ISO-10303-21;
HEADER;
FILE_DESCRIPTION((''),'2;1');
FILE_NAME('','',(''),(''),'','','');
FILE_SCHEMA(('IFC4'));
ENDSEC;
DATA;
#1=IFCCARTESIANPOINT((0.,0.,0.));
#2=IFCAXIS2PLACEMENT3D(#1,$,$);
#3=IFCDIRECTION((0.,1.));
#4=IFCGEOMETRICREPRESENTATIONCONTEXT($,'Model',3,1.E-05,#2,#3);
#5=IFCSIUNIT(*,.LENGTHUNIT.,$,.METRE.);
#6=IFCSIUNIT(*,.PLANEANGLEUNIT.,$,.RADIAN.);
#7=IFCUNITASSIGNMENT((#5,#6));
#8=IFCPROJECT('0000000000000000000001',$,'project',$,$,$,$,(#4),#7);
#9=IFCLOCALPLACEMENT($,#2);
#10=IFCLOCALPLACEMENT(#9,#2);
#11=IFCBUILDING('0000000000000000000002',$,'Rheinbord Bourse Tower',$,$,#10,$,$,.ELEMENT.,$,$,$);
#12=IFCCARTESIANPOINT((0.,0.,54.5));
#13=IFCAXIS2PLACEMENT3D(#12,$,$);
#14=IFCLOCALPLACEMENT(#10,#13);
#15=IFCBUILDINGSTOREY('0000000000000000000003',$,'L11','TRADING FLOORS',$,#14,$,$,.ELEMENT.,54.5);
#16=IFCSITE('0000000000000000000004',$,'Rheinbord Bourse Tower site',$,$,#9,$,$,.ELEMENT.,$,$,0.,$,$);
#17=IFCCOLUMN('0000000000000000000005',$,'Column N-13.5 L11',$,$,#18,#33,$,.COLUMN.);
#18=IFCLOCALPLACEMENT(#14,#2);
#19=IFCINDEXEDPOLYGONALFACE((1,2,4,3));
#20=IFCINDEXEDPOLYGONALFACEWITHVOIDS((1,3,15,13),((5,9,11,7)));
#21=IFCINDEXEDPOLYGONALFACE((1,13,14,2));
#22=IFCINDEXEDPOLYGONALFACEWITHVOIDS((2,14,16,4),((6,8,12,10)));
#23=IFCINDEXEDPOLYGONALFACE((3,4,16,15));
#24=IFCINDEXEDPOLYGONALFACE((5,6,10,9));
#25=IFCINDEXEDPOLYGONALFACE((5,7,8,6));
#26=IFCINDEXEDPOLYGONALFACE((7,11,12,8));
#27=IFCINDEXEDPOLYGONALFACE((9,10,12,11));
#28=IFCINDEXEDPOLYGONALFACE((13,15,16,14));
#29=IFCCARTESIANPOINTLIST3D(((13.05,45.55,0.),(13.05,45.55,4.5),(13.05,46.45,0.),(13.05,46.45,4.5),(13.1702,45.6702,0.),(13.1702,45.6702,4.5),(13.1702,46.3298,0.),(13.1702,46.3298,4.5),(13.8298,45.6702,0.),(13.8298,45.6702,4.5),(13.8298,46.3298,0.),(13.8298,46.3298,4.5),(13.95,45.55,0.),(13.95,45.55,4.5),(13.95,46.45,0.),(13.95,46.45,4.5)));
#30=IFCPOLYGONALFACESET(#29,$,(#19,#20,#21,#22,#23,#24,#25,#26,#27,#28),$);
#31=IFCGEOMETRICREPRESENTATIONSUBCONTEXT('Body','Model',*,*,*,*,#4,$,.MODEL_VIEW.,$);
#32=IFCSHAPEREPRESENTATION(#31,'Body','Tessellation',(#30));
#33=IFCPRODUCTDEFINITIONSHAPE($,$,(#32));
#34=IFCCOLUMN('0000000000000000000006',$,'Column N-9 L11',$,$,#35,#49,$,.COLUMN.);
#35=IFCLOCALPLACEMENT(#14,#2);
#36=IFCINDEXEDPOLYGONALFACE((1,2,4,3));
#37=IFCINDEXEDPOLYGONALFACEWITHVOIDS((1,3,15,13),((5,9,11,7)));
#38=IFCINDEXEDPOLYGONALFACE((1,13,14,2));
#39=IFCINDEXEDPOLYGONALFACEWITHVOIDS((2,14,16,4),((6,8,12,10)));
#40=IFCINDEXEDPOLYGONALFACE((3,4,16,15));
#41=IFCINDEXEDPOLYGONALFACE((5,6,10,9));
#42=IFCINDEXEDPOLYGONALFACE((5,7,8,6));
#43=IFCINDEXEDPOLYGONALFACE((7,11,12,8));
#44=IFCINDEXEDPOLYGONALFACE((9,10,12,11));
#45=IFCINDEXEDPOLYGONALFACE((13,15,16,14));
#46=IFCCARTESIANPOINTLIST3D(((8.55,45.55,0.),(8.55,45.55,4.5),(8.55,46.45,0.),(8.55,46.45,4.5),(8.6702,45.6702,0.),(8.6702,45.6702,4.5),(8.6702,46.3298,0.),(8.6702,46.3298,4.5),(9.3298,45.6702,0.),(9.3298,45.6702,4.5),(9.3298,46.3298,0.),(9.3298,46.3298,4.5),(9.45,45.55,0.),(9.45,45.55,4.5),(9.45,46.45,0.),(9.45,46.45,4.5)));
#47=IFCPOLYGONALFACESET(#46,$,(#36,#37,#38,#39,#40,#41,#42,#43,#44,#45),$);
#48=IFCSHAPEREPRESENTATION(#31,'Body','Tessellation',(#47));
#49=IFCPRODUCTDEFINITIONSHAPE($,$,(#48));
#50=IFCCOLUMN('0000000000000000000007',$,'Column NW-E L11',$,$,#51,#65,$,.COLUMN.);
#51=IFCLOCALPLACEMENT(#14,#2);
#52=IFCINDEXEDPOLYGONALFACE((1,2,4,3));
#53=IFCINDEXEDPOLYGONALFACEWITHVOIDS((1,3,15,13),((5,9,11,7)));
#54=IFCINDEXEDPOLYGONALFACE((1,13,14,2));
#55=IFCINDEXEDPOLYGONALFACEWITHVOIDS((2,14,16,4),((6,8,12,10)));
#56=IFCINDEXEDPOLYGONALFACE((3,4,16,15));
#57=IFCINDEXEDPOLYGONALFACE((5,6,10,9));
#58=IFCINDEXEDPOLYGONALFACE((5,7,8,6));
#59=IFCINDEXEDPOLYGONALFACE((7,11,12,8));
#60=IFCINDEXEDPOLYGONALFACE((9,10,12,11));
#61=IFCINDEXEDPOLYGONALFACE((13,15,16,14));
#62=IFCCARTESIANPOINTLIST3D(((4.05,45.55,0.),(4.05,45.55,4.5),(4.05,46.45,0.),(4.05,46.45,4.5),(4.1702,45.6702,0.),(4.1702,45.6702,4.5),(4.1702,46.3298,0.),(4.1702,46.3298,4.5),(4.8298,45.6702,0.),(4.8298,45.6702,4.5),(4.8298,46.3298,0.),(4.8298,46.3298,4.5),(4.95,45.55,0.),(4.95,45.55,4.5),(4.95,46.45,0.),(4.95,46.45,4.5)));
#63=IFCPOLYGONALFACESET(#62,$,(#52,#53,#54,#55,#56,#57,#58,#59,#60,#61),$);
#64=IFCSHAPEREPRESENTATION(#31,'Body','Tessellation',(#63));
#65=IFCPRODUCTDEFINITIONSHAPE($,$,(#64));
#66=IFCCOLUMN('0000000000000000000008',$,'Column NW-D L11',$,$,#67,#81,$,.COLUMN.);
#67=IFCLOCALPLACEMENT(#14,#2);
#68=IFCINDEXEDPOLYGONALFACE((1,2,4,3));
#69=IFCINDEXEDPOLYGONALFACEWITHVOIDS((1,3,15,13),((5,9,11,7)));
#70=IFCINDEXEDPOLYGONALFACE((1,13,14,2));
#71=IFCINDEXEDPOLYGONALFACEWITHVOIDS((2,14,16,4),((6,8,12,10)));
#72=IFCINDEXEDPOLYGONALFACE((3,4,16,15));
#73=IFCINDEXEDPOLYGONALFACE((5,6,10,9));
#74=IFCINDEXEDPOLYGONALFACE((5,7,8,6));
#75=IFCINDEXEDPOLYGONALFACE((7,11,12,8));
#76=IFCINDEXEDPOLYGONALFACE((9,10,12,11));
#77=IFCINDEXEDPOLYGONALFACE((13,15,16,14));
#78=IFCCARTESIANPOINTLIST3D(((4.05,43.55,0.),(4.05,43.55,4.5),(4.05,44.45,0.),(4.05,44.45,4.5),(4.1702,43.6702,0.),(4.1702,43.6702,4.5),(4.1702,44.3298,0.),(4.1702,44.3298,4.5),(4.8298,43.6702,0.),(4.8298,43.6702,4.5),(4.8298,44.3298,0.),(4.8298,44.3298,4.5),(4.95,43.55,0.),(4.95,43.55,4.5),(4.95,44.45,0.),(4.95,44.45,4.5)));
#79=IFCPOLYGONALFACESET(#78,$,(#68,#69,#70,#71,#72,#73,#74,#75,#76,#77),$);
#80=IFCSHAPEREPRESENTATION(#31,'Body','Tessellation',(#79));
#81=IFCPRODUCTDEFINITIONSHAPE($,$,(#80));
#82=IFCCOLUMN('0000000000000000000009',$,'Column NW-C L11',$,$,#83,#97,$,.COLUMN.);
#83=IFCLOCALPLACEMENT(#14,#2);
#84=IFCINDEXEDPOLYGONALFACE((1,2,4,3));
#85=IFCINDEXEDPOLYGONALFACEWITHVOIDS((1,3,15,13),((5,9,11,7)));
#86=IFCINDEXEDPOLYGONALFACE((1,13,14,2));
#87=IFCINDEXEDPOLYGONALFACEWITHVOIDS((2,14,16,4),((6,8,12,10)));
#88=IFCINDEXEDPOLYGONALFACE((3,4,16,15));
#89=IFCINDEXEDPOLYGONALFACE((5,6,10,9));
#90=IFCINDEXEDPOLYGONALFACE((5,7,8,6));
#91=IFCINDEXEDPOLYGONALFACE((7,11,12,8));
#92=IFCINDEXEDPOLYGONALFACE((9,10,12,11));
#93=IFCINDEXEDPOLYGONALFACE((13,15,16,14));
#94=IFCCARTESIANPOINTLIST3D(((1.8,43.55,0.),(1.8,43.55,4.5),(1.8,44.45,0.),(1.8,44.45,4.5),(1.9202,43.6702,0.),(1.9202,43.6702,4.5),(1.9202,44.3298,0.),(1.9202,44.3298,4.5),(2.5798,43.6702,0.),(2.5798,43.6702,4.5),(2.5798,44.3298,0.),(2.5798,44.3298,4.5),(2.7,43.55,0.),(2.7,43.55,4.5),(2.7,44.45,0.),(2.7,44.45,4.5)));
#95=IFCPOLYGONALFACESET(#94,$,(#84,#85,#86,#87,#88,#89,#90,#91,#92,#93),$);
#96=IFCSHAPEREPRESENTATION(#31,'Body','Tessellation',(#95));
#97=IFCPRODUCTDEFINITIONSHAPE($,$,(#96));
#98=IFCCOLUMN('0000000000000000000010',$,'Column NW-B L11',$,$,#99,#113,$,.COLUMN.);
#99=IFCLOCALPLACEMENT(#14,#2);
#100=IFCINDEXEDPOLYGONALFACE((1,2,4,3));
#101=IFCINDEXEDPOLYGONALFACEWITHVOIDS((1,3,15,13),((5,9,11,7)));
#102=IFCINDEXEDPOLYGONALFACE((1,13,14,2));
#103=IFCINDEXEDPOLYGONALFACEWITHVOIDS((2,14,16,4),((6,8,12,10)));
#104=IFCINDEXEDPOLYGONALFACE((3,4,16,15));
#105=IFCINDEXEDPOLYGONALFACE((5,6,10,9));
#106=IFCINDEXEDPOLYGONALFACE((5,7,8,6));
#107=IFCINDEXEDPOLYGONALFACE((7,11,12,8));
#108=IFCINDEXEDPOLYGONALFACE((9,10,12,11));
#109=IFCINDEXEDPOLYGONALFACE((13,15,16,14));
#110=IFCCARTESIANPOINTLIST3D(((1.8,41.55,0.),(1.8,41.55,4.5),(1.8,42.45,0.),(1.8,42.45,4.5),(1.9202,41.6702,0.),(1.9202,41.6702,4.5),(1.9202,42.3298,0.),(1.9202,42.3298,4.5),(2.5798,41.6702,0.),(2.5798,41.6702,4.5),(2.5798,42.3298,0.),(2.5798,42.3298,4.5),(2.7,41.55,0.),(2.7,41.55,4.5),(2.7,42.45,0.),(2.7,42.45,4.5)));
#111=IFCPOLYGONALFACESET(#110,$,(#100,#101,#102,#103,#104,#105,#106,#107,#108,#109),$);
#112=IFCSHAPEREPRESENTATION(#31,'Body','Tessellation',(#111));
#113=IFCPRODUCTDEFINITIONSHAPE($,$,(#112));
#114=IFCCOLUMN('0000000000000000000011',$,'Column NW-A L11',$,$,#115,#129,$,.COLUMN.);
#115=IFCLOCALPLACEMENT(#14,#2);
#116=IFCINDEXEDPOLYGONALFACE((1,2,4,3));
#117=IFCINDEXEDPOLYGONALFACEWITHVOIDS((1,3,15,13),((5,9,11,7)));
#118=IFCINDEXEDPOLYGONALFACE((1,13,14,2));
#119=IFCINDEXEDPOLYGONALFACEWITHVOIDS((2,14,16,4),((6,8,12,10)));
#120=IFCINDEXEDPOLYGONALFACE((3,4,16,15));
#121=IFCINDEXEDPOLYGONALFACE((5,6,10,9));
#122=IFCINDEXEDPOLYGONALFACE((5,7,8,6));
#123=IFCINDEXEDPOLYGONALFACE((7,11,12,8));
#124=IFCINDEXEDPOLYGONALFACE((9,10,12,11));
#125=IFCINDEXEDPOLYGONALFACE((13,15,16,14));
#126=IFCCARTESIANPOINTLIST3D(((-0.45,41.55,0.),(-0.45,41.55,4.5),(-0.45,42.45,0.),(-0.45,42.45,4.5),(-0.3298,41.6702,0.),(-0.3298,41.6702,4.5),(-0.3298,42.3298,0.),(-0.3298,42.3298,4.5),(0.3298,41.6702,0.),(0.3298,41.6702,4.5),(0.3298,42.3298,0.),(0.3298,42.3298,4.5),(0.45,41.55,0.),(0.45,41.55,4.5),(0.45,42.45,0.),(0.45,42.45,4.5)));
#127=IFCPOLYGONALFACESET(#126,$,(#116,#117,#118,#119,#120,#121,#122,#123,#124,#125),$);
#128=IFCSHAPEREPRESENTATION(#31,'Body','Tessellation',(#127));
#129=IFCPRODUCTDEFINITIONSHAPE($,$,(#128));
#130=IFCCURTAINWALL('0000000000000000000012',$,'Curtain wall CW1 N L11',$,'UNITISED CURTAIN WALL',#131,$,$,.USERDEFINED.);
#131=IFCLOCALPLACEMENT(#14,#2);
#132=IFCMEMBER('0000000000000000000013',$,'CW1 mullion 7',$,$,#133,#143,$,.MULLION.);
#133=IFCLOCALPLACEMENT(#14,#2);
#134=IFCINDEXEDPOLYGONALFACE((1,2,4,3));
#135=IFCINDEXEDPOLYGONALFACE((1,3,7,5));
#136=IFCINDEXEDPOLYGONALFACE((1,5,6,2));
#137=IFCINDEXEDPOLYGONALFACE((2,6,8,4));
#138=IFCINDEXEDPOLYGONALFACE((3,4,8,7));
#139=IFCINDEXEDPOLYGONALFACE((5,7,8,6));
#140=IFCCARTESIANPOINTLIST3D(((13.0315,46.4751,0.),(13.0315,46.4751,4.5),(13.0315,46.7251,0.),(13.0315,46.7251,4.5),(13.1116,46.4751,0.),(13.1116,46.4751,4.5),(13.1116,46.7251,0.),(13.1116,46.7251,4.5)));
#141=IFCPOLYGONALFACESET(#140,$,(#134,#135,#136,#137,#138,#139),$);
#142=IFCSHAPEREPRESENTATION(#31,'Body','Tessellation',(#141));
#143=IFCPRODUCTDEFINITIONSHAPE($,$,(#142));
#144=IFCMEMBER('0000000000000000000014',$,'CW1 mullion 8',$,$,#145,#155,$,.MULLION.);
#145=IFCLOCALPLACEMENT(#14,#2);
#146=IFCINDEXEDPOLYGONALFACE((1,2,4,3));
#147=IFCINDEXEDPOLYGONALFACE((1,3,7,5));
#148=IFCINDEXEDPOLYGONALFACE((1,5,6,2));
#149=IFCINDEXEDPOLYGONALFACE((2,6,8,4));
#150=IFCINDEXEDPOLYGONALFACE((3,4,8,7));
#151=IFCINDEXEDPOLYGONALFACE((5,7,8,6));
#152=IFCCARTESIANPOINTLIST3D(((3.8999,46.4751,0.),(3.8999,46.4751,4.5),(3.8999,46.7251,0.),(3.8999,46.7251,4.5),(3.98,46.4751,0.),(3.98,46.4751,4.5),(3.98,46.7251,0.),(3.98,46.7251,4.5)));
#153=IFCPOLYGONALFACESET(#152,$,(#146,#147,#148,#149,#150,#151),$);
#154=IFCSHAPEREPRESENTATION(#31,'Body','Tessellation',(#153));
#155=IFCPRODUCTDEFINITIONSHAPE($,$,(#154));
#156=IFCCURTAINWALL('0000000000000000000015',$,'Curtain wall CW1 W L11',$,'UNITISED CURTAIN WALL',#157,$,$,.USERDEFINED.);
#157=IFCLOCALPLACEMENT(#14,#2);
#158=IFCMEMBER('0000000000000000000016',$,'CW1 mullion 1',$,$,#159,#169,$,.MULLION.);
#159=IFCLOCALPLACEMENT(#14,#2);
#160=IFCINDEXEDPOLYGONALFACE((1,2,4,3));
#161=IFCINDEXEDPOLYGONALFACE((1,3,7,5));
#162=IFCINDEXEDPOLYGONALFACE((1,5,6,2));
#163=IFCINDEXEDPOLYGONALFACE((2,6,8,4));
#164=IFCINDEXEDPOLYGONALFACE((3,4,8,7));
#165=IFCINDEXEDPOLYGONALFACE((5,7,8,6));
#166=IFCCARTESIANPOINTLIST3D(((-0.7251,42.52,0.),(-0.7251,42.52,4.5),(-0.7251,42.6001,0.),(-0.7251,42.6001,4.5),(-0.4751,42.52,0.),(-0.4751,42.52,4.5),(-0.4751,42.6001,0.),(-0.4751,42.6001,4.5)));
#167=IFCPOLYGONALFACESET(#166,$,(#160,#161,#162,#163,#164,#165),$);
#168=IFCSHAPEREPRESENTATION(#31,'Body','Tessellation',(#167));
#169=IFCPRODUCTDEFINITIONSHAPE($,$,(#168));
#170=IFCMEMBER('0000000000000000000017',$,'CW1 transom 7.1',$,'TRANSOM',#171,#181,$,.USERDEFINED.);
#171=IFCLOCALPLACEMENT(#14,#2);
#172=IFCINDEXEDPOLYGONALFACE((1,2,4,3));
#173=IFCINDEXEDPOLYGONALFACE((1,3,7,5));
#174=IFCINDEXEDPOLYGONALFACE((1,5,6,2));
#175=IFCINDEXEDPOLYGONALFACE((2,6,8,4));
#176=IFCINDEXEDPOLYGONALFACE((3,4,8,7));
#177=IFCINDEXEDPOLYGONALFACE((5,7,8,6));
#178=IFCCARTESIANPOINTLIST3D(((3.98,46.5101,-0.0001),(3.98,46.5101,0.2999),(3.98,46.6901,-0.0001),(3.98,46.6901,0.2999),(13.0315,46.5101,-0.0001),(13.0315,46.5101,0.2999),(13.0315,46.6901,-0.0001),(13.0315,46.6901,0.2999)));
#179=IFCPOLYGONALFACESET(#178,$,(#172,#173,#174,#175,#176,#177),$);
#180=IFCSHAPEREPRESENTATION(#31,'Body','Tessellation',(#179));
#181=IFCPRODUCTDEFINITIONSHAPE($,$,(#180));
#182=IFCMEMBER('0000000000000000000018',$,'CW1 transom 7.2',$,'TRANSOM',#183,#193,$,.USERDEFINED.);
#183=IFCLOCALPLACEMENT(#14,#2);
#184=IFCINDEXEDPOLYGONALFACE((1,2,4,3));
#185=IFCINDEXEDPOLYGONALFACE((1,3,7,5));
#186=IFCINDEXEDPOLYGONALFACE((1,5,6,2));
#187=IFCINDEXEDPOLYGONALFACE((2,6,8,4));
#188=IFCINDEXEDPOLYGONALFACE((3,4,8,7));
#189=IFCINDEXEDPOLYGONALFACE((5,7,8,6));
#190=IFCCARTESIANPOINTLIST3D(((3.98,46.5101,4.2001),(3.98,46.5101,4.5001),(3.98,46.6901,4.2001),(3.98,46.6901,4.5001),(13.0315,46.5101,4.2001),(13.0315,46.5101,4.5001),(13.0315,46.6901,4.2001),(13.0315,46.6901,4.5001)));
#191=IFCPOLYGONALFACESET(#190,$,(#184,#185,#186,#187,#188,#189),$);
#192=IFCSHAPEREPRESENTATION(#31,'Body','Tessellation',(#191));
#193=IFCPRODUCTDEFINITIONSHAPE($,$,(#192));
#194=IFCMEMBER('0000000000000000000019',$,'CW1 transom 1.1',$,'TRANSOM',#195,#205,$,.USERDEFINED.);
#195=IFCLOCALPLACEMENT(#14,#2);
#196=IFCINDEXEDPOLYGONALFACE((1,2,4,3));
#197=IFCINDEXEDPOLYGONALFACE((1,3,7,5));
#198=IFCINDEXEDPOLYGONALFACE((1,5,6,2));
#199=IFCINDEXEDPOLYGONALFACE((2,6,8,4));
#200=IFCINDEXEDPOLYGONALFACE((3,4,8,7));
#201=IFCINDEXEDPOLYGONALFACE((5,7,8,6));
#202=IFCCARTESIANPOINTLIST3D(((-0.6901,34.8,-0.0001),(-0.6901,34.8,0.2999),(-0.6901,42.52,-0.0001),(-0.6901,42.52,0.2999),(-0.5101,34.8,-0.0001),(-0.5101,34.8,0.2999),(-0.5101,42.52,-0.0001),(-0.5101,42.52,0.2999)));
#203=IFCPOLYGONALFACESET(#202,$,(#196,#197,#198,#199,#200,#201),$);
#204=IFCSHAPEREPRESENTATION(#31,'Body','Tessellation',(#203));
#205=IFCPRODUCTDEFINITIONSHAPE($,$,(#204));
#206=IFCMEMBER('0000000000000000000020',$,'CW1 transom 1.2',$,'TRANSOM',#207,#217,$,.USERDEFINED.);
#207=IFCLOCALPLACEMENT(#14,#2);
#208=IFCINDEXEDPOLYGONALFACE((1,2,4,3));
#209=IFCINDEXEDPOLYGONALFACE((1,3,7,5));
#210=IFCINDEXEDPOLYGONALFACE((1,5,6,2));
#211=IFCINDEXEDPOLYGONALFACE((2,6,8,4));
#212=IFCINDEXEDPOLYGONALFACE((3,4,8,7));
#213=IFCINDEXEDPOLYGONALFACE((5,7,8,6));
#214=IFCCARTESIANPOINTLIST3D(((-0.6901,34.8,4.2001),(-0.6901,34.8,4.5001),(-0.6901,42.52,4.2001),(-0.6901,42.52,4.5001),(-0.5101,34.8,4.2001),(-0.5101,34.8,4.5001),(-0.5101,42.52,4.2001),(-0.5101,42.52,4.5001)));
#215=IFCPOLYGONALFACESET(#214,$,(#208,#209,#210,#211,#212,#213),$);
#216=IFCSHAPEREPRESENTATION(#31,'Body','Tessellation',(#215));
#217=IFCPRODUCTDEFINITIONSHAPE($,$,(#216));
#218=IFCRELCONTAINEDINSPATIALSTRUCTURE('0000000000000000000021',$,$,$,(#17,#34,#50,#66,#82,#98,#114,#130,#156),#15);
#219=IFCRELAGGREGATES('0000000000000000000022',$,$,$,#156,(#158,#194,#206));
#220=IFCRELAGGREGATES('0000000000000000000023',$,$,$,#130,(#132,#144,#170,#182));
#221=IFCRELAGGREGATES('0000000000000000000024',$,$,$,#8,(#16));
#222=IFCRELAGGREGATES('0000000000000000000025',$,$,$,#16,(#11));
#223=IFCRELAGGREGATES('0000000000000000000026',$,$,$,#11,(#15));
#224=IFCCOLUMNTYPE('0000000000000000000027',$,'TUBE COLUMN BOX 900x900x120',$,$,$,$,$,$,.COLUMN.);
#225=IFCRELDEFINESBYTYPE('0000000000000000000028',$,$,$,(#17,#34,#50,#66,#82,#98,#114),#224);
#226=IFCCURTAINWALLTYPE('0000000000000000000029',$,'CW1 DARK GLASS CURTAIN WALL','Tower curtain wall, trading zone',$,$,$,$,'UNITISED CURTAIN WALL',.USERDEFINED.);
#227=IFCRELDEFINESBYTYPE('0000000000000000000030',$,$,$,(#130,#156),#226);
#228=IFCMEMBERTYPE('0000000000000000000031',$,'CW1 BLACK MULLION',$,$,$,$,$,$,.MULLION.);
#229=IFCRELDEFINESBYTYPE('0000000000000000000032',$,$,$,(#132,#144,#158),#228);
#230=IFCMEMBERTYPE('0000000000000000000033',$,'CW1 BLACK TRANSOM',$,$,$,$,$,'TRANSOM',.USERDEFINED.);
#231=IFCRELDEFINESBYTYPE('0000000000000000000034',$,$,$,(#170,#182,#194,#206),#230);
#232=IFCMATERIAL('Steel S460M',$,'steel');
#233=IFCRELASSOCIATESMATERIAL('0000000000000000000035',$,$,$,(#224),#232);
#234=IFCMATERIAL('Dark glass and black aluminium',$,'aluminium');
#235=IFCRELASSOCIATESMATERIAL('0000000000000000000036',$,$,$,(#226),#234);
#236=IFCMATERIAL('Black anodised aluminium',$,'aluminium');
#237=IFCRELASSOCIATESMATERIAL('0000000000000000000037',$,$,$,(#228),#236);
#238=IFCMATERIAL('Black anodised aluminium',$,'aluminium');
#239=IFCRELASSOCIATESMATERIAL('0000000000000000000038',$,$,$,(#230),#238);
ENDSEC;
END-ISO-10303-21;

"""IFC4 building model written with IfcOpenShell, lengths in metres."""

from ifc_helpers import new_model, si_unit, direction, frame, origin, origin_2d, place, context, subcontext, project, spatial, rectangle, hollow_rectangle, extrude, material, material_profile, profile_set, type_object, element, aggregate, save


model = new_model("IFC4")

# Units and contexts
model_context = context("Model", 3, precision=1e-05, world=origin(), true_north=direction((0.0, 1.0)))
body_context = subcontext(model_context, "Body", "Model", "MODEL_VIEW")
ifc_project = project(units=[si_unit("LENGTHUNIT", "METRE"), si_unit("PLANEANGLEUNIT", "RADIAN")], contexts=[model_context])

# Site, building, storey
site_placement = place(None, origin())
site = spatial("IfcSite", under=ifc_project, at=site_placement, Name="Rheinbord Bourse Tower site", CompositionType="ELEMENT", RefElevation=0.0)
building_placement = place(site_placement, origin())
building = spatial("IfcBuilding", under=site, at=building_placement, Name="Rheinbord Bourse Tower", CompositionType="ELEMENT")
storey_placement = place(building_placement, frame((0.0, 0.0, 54.5)))
storey = spatial("IfcBuildingStorey", under=building, at=storey_placement, Name="L11", Description="TRADING FLOORS", CompositionType="ELEMENT", Elevation=54.5)

# Columns
ifc_material_1 = material(Name="Steel S460M", Category="steel")
ifc_material_profile_1 = material_profile(ifc_material_1, hollow_rectangle(XDim=0.8999, YDim=0.8999, WallThickness=0.1201, at=origin_2d()), Name="BOX 900x900x120")
ifc_profile_set_1 = profile_set([ifc_material_profile_1], Name="Steel S460M")
column_type = type_object("IfcColumnType", Name="TUBE COLUMN BOX 900x900x120", PredefinedType="COLUMN", material=ifc_profile_set_1)
for number, where, z_axis, x_axis, name in (
    (1, (13.5, 46.0, 0.0), (0.0, 0.0, 1.0), (0.0, 1.0, 0.0), "Column N-13.5 L11"),
    (2, (9.0, 46.0, 0.0), (0.0, 0.0, 1.0), (0.0, 1.0, 0.0), "Column N-9 L11"),
    (3, (4.5, 46.0, 0.0), (0.0, 0.0, 1.0), (0.0, 1.0, 0.0), "Column NW-E L11"),
    (4, (4.5, 44.0, 0.0), (0.0, 0.0, 1.0), (0.0, 1.0, 0.0), "Column NW-D L11"),
    (5, (2.25, 44.0, 0.0), (0.0, 0.0, 1.0), (1.0, 0.0, 0.0), "Column NW-C L11"),
    (6, (2.25, 42.0, 0.0), (0.0, 0.0, 1.0), (1.0, 0.0, 0.0), "Column NW-B L11"),
    (7, (0.0, 42.0, 0.0), (0.0, 0.0, 1.0), (1.0, 0.0, 0.0), "Column NW-A L11"),
):
    element("IfcColumn", number, at=place(storey_placement, frame(where, z_axis=z_axis, x_axis=x_axis)), inside=storey, type_object=column_type, Name=name, PredefinedType="COLUMN", context=body_context, shape_type="SweptSolid", body=[
        extrude(hollow_rectangle(XDim=0.8999, YDim=0.8999, WallThickness=0.1201, at=origin_2d()), origin(), (0.0, 0.0, 1.0), 4.5),
    ])

# Curtain wall, members
ifc_material_2 = material(Name="Dark glass and black aluminium", Category="aluminium")
curtain_wall_type = type_object("IfcCurtainWallType", Name="CW1 DARK GLASS CURTAIN WALL", Description="Tower curtain wall, trading zone", ElementType="UNITISED CURTAIN WALL", PredefinedType="USERDEFINED", material=ifc_material_2)
curtain_wall_1_placement = place(storey_placement, origin())
curtain_wall_1 = element("IfcCurtainWall", 8, at=curtain_wall_1_placement, inside=storey, type_object=curtain_wall_type, Name="Curtain wall CW1 N L11", ObjectType="UNITISED CURTAIN WALL", PredefinedType="USERDEFINED")
ifc_material_3 = material(Name="Black anodised aluminium", Category="aluminium")
ifc_material_profile_2 = material_profile(ifc_material_3, rectangle(XDim=0.25, YDim=0.0801, at=origin_2d()), Name="CW1 MULLION 80x250")
ifc_profile_set_2 = profile_set([ifc_material_profile_2], Name="Black anodised aluminium")
member_type_1 = type_object("IfcMemberType", Name="CW1 BLACK MULLION", PredefinedType="MULLION", material=ifc_profile_set_2)
member_1_placement = place(storey_placement, frame((13.0715, 46.6001, 0.0), z_axis=(0.0, 0.0, 1.0), x_axis=(0.0, -1.0, 0.0)))
member_1 = element("IfcMember", 9, at=member_1_placement, type_object=member_type_1, Name="CW1 mullion 7", PredefinedType="MULLION", context=body_context, shape_type="SweptSolid", body=[
    extrude(rectangle(XDim=0.25, YDim=0.0801, at=origin_2d()), origin(), (0.0, 0.0, 1.0), 4.5),
])
member_2_placement = place(storey_placement, frame((3.9399, 46.6001, 0.0), z_axis=(0.0, 0.0, 1.0), x_axis=(0.0, -1.0, 0.0)))
member_2 = element("IfcMember", 10, at=member_2_placement, type_object=member_type_1, Name="CW1 mullion 8", PredefinedType="MULLION", context=body_context, shape_type="SweptSolid", body=[
    extrude(rectangle(XDim=0.25, YDim=0.0801, at=origin_2d()), origin(), (0.0, 0.0, 1.0), 4.5),
])

# Curtain wall, member
curtain_wall_2_placement = place(storey_placement, origin())
curtain_wall_2 = element("IfcCurtainWall", 11, at=curtain_wall_2_placement, inside=storey, type_object=curtain_wall_type, Name="Curtain wall CW1 W L11", ObjectType="UNITISED CURTAIN WALL", PredefinedType="USERDEFINED")
member_3_placement = place(storey_placement, frame((-0.6001, 42.5601, 0.0), z_axis=(0.0, 0.0, 1.0), x_axis=(1.0, 0.0, 0.0)))
member_3 = element("IfcMember", 12, at=member_3_placement, type_object=member_type_1, Name="CW1 mullion 1", PredefinedType="MULLION", context=body_context, shape_type="SweptSolid", body=[
    extrude(rectangle(XDim=0.25, YDim=0.0801, at=origin_2d()), origin(), (0.0, 0.0, 1.0), 4.5),
])

# Members
ifc_material_4 = material(Name="Black anodised aluminium", Category="aluminium")
ifc_material_profile_3 = material_profile(ifc_material_4, rectangle(XDim=0.1799, YDim=0.3, at=origin_2d()), Name="CW1 TRANSOM 300x180")
ifc_profile_set_3 = profile_set([ifc_material_profile_3], Name="Black anodised aluminium")
member_type_2 = type_object("IfcMemberType", Name="CW1 BLACK TRANSOM", ElementType="TRANSOM", PredefinedType="USERDEFINED", material=ifc_profile_set_3)
member_4_placement = place(storey_placement, frame((13.0315, 46.6001, 0.1499), z_axis=(-1.0, 0.0, 0.0), x_axis=(0.0, -1.0, 0.0)))
member_4 = element("IfcMember", 13, at=member_4_placement, type_object=member_type_2, Name="CW1 transom 7.1", ObjectType="TRANSOM", PredefinedType="USERDEFINED", context=body_context, shape_type="SweptSolid", body=[
    extrude(rectangle(XDim=0.1799, YDim=0.3, at=origin_2d()), origin(), (0.0, 0.0, 1.0), 9.0515),
])
member_5_placement = place(storey_placement, frame((13.0315, 46.6001, 4.3501), z_axis=(-1.0, 0.0, 0.0), x_axis=(0.0, -1.0, 0.0)))
member_5 = element("IfcMember", 14, at=member_5_placement, type_object=member_type_2, Name="CW1 transom 7.2", ObjectType="TRANSOM", PredefinedType="USERDEFINED", context=body_context, shape_type="SweptSolid", body=[
    extrude(rectangle(XDim=0.1799, YDim=0.3, at=origin_2d()), origin(), (0.0, 0.0, 1.0), 9.0515),
])
member_6_placement = place(storey_placement, frame((-0.6001, 42.52, 0.1499), z_axis=(0.0, -1.0, 0.0), x_axis=(1.0, 0.0, 0.0)))
member_6 = element("IfcMember", 15, at=member_6_placement, type_object=member_type_2, Name="CW1 transom 1.1", ObjectType="TRANSOM", PredefinedType="USERDEFINED", context=body_context, shape_type="SweptSolid", body=[
    extrude(rectangle(XDim=0.1799, YDim=0.3, at=origin_2d()), origin(), (0.0, 0.0, 1.0), 7.72),
])
member_7_placement = place(storey_placement, frame((-0.6001, 42.52, 4.3501), z_axis=(0.0, -1.0, 0.0), x_axis=(1.0, 0.0, 0.0)))
member_7 = element("IfcMember", 16, at=member_7_placement, type_object=member_type_2, Name="CW1 transom 1.2", ObjectType="TRANSOM", PredefinedType="USERDEFINED", context=body_context, shape_type="SweptSolid", body=[
    extrude(rectangle(XDim=0.1799, YDim=0.3, at=origin_2d()), origin(), (0.0, 0.0, 1.0), 7.72),
])
aggregate(curtain_wall_2, [member_3, member_6, member_7])

aggregate(curtain_wall_1, [member_1, member_2, member_4, member_5])

save(model, "model.ifc")
